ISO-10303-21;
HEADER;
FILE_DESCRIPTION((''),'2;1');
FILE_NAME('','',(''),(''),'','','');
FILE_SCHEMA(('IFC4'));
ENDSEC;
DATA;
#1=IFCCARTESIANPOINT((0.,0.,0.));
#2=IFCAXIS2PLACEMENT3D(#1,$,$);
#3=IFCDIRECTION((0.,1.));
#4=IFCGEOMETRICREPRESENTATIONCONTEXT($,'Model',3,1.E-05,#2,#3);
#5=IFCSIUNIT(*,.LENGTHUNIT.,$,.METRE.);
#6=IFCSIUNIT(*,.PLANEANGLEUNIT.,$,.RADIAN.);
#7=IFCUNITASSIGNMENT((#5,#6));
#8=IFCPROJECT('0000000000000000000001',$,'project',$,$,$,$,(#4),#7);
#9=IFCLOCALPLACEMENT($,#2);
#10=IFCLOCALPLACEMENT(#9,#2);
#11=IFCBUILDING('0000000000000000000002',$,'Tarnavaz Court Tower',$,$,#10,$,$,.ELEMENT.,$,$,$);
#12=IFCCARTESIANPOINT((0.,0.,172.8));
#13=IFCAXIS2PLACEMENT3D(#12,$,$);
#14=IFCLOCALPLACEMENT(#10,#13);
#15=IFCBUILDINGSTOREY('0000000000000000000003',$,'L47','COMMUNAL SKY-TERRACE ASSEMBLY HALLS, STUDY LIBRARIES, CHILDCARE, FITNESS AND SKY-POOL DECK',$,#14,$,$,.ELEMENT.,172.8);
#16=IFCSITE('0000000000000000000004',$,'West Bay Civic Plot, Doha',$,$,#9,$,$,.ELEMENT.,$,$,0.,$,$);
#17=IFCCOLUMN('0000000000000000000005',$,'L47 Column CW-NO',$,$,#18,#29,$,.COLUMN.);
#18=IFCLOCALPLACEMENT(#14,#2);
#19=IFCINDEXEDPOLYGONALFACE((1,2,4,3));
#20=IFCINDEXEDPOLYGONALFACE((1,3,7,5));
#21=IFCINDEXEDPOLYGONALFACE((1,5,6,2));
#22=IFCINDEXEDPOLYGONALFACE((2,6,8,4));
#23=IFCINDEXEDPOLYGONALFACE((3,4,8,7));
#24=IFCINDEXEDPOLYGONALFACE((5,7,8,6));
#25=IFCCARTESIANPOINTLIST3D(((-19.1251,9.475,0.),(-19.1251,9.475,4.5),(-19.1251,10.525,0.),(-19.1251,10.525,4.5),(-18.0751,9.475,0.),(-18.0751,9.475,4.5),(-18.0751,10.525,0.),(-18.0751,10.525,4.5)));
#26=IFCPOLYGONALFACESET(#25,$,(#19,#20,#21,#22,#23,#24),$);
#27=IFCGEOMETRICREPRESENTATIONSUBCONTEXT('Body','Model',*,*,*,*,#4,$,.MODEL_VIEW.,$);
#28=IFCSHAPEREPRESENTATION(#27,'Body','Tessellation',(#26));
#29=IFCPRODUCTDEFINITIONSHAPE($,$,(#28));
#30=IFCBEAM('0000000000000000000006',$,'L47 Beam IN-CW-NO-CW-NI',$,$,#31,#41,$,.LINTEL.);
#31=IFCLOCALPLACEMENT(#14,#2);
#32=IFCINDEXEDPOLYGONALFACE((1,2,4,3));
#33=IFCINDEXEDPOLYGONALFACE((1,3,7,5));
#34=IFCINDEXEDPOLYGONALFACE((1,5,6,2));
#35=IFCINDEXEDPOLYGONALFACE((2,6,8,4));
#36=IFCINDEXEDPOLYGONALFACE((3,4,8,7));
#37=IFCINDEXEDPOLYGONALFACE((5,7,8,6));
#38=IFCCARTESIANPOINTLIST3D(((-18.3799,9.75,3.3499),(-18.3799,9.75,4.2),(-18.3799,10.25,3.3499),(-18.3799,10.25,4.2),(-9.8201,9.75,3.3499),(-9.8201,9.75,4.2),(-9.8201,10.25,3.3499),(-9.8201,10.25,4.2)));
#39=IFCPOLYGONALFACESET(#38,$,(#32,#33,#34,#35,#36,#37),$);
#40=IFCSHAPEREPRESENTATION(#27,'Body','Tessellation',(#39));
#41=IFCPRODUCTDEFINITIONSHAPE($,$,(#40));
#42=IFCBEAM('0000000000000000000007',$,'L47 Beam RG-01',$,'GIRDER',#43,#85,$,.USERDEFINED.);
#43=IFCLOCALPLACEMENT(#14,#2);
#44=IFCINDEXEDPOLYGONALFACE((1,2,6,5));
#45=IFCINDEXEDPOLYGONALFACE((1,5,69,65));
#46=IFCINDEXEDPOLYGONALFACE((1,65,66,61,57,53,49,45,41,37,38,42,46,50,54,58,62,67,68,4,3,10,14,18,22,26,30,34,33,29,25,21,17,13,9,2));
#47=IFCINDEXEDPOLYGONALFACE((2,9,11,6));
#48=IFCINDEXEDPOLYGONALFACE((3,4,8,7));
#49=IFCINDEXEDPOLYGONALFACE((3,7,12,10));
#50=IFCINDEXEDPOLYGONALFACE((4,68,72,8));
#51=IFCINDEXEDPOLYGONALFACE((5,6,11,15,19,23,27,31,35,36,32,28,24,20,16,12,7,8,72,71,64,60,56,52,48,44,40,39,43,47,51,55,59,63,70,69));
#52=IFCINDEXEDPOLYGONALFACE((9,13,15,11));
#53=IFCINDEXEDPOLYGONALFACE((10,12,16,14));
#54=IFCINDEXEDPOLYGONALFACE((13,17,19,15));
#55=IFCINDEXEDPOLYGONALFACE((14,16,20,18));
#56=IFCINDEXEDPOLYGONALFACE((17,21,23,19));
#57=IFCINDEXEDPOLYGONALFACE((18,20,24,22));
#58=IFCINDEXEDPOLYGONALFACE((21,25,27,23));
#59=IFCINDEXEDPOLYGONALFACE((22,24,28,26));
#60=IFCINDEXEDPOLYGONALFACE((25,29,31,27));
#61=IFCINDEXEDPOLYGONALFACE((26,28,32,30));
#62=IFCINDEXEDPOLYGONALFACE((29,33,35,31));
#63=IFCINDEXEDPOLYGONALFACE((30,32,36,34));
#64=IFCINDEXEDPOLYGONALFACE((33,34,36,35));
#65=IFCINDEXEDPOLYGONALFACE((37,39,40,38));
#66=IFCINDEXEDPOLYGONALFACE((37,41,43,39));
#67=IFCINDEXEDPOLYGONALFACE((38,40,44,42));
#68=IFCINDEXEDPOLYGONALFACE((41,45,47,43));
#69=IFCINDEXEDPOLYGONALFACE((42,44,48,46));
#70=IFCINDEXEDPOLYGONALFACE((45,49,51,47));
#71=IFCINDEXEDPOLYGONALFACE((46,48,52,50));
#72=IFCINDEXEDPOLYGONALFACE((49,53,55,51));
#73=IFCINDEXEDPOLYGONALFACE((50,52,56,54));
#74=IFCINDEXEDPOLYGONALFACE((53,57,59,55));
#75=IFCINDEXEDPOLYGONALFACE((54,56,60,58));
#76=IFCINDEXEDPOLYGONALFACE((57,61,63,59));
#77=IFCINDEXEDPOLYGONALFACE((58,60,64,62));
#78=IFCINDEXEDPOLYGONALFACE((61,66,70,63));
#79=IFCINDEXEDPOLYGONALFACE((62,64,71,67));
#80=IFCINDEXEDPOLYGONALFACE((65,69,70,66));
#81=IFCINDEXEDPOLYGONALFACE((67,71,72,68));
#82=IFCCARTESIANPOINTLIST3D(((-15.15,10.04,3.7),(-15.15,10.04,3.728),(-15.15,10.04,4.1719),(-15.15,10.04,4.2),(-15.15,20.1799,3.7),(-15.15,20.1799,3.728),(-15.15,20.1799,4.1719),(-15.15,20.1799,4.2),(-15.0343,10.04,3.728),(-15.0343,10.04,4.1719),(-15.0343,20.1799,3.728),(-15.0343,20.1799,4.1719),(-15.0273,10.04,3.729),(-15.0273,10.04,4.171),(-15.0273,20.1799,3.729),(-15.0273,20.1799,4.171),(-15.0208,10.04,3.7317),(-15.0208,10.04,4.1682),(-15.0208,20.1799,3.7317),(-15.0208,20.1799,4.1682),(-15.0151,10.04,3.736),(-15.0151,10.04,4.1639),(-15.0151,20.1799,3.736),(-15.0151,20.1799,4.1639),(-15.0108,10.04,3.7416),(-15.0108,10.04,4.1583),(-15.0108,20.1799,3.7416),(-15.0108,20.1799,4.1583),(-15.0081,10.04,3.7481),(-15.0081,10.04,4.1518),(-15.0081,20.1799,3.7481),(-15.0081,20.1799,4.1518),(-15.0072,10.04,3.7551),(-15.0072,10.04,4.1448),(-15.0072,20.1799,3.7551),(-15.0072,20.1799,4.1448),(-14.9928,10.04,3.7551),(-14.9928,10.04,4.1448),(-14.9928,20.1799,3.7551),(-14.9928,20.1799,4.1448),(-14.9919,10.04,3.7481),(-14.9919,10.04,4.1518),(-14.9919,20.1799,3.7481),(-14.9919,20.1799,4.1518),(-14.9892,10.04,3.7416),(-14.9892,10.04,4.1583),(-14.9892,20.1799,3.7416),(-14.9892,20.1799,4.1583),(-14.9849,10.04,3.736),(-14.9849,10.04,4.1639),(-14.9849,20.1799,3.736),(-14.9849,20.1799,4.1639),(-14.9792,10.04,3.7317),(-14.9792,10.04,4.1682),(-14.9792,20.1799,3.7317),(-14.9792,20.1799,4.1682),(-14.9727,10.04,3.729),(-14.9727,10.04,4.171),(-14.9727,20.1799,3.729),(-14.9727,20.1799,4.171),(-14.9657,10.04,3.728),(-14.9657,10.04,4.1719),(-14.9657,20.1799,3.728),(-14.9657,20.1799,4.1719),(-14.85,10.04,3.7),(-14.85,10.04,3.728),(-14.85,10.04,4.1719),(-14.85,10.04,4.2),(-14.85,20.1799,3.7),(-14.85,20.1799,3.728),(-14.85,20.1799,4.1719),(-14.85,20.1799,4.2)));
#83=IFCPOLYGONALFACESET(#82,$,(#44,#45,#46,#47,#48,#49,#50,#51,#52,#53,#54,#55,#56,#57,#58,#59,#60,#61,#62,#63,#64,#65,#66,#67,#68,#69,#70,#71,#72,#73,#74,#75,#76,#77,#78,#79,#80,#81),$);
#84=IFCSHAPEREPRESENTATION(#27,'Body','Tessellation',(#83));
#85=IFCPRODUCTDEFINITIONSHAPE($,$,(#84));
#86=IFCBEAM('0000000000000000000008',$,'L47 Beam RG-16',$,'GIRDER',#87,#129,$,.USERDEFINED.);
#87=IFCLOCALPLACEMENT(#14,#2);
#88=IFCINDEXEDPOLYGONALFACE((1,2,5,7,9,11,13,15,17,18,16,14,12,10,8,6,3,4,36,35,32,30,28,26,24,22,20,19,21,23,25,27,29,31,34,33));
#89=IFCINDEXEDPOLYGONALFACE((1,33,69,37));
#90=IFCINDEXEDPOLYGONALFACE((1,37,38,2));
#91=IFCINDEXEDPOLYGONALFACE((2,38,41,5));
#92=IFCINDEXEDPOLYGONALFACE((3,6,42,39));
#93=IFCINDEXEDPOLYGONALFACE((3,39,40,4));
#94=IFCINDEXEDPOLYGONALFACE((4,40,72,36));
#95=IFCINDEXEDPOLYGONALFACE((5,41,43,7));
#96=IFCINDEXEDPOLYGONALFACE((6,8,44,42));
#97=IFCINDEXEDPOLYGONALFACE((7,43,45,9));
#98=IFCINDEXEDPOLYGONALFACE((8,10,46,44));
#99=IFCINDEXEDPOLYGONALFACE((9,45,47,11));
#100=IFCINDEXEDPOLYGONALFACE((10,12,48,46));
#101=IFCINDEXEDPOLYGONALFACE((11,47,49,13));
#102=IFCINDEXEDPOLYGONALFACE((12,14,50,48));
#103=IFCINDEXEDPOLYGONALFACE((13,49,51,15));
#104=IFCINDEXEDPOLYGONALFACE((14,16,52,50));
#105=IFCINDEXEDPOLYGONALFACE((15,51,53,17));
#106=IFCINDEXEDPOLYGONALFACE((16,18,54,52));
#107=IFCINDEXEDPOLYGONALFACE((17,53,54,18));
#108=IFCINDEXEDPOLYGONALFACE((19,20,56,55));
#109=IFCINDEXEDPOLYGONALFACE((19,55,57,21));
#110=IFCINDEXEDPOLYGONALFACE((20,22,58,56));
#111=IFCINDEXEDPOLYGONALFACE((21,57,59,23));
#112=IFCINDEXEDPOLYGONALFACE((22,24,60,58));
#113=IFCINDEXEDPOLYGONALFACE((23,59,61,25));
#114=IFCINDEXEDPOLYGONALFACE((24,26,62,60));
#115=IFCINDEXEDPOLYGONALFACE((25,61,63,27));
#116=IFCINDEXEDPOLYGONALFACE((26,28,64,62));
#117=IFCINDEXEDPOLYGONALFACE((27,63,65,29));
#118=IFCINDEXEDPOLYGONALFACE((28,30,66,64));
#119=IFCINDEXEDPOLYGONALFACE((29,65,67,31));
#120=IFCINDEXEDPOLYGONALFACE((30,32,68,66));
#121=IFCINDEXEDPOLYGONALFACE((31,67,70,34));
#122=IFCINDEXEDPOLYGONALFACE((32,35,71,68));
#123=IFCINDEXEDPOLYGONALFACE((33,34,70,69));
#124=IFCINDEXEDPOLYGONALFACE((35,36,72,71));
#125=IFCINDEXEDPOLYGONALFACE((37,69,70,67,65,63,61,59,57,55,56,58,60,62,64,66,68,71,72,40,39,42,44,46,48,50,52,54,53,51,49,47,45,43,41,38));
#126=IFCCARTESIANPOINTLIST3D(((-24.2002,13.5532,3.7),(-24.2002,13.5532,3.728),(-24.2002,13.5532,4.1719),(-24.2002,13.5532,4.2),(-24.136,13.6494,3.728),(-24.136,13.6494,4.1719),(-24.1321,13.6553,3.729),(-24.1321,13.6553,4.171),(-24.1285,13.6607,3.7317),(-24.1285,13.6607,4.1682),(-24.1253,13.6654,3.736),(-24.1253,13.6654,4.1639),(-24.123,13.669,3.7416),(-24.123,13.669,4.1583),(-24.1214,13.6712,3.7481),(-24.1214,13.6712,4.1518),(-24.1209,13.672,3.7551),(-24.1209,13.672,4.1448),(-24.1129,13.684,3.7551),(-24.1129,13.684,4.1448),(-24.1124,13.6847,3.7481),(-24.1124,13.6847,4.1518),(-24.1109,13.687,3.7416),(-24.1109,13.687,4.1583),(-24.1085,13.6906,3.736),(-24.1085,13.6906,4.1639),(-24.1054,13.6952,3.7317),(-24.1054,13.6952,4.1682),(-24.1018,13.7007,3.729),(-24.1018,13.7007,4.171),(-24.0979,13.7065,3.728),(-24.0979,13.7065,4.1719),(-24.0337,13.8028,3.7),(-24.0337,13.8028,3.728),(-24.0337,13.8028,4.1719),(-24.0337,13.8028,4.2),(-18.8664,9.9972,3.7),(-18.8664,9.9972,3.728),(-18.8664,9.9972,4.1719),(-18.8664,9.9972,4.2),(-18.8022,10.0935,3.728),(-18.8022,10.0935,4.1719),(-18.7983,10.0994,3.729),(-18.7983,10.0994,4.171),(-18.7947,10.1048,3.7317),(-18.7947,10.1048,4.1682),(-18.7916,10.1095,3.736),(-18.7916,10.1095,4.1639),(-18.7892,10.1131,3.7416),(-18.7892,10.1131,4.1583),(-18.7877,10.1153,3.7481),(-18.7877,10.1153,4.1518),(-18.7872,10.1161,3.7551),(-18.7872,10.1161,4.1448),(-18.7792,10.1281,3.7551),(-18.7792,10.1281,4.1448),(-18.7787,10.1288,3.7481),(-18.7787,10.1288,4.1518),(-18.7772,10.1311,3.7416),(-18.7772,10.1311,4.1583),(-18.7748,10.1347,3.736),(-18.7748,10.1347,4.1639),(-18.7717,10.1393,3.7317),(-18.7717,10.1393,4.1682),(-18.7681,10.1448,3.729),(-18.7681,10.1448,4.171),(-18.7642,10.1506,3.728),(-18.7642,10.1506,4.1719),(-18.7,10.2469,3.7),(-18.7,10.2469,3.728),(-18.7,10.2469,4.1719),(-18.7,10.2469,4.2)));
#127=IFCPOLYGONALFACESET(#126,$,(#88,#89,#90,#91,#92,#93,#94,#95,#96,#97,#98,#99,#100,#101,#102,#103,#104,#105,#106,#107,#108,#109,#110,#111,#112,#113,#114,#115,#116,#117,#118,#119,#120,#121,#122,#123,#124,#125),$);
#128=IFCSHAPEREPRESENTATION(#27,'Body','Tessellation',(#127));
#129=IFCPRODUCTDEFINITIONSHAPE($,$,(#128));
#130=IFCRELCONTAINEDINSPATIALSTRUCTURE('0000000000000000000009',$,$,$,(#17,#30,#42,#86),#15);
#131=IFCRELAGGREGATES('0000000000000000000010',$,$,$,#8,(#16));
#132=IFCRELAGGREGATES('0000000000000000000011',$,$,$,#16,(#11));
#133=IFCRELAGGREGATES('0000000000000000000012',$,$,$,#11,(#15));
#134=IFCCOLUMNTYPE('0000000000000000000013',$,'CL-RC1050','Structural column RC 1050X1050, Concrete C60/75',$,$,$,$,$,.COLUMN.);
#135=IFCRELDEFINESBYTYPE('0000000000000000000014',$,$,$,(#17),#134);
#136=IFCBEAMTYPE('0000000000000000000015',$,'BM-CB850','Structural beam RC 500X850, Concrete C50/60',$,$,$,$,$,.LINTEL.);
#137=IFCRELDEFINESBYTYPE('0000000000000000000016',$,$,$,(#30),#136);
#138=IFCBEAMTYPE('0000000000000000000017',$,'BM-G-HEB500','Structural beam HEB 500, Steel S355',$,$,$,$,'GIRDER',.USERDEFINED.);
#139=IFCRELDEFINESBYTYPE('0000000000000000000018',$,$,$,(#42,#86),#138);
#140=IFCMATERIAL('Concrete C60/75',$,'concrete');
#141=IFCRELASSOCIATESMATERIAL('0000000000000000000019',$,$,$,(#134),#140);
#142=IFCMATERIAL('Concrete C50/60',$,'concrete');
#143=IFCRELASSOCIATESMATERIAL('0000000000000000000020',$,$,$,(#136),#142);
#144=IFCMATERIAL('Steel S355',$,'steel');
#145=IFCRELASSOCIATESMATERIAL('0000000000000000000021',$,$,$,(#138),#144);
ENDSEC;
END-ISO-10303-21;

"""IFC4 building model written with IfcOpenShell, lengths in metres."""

from ifc_helpers import new_model, si_unit, direction, frame, origin, origin_2d, place, context, subcontext, project, spatial, rectangle, i_section, extrude, material, material_profile, profile_set, type_object, element, save


model = new_model("IFC4")

# Units and contexts
model_context = context("Model", 3, precision=1e-05, world=origin(), true_north=direction((0.0, 1.0)))
body_context = subcontext(model_context, "Body", "Model", "MODEL_VIEW")
ifc_project = project(units=[si_unit("LENGTHUNIT", "METRE"), si_unit("PLANEANGLEUNIT", "RADIAN")], contexts=[model_context])

# Site, building, storey
site_placement = place(None, origin())
site = spatial("IfcSite", under=ifc_project, at=site_placement, Name="West Bay Civic Plot, Doha", CompositionType="ELEMENT", RefElevation=0.0)
building_placement = place(site_placement, origin())
building = spatial("IfcBuilding", under=site, at=building_placement, Name="Tarnavaz Court Tower", CompositionType="ELEMENT")
storey_placement = place(building_placement, frame((0.0, 0.0, 172.8)))
storey = spatial("IfcBuildingStorey", under=building, at=storey_placement, Name="L47", Description="COMMUNAL SKY-TERRACE ASSEMBLY HALLS, STUDY LIBRARIES, CHILDCARE, FITNESS AND SKY-POOL DECK", CompositionType="ELEMENT", Elevation=172.8)

# Column
ifc_material_1 = material(Name="Concrete C60/75", Category="concrete")
ifc_material_profile_1 = material_profile(ifc_material_1, rectangle(XDim=1.05, YDim=1.05, at=origin_2d()), Name="RC 1050X1050")
ifc_profile_set_1 = profile_set([ifc_material_profile_1], Name="Concrete C60/75")
column_type = type_object("IfcColumnType", Name="CL-RC1050", Description="Structural column RC 1050X1050, Concrete C60/75", PredefinedType="COLUMN", material=ifc_profile_set_1)
column_placement = place(storey_placement, frame((-18.6001, 10.0, 0.0), z_axis=(0.0, 0.0, 1.0), x_axis=(1.0, 0.0, 0.0)))
element("IfcColumn", 1, at=column_placement, inside=storey, type_object=column_type, Name="L47 Column CW-NO", PredefinedType="COLUMN", context=body_context, shape_type="SweptSolid", body=[
    extrude(rectangle(XDim=1.05, YDim=1.05, at=origin_2d()), origin(), (0.0, 0.0, 1.0), 4.5),
])

# Beams
ifc_material_2 = material(Name="Concrete C50/60", Category="concrete")
ifc_material_profile_2 = material_profile(ifc_material_2, rectangle(XDim=0.5, YDim=0.8501, at=origin_2d()), Name="RC 500X850")
ifc_profile_set_2 = profile_set([ifc_material_profile_2], Name="Concrete C50/60")
beam_type_1 = type_object("IfcBeamType", Name="BM-CB850", Description="Structural beam RC 500X850, Concrete C50/60", PredefinedType="LINTEL", material=ifc_profile_set_2)
beam_1_placement = place(storey_placement, frame((-18.3799, 10.0, 3.7749), z_axis=(1.0, 0.0, 0.0), x_axis=(0.0, 1.0, 0.0)))
element("IfcBeam", 2, at=beam_1_placement, inside=storey, type_object=beam_type_1, Name="L47 Beam IN-CW-NO-CW-NI", PredefinedType="LINTEL", context=body_context, shape_type="SweptSolid", body=[
    extrude(rectangle(XDim=0.5, YDim=0.8501, at=origin_2d()), origin(), (0.0, 0.0, 1.0), 8.5598),
])
ifc_material_3 = material(Name="Steel S355", Category="steel")
ifc_material_profile_3 = material_profile(ifc_material_3, i_section(OverallWidth=0.3, OverallDepth=0.5, WebThickness=0.0144, FlangeThickness=0.0281, FilletRadius=0.0271, at=origin_2d()), Name="HEB 500")
ifc_profile_set_3 = profile_set([ifc_material_profile_3], Name="Steel S355")
beam_type_2 = type_object("IfcBeamType", Name="BM-G-HEB500", Description="Structural beam HEB 500, Steel S355", ElementType="GIRDER", PredefinedType="USERDEFINED", material=ifc_profile_set_3)
beam_2_placement = place(storey_placement, frame((-15.0, 10.04, 3.95), z_axis=(0.0, 1.0, 0.0), x_axis=(-1.0, 0.0, 0.0)))
element("IfcBeam", 3, at=beam_2_placement, inside=storey, type_object=beam_type_2, Name="L47 Beam RG-01", ObjectType="GIRDER", PredefinedType="USERDEFINED", context=body_context, shape_type="SweptSolid", body=[
    extrude(i_section(OverallWidth=0.3, OverallDepth=0.5, WebThickness=0.0144, FlangeThickness=0.0281, FilletRadius=0.0271, at=origin_2d()), origin(), (0.0, 0.0, 1.0), 10.1399),
])
beam_3_placement = place(storey_placement, frame((-18.7832, 10.1221, 3.95), z_axis=(-0.832044, 0.554709, 0.0), x_axis=(-0.554709, -0.832044, 0.0)))
element("IfcBeam", 4, at=beam_3_placement, inside=storey, type_object=beam_type_2, Name="L47 Beam RG-16", ObjectType="GIRDER", PredefinedType="USERDEFINED", context=body_context, shape_type="SweptSolid", body=[
    extrude(i_section(OverallWidth=0.3, OverallDepth=0.5, WebThickness=0.0144, FlangeThickness=0.0281, FilletRadius=0.0271, at=origin_2d()), origin(), (0.0, 0.0, 1.0), 6.4104),
])

save(model, "model.ifc")
